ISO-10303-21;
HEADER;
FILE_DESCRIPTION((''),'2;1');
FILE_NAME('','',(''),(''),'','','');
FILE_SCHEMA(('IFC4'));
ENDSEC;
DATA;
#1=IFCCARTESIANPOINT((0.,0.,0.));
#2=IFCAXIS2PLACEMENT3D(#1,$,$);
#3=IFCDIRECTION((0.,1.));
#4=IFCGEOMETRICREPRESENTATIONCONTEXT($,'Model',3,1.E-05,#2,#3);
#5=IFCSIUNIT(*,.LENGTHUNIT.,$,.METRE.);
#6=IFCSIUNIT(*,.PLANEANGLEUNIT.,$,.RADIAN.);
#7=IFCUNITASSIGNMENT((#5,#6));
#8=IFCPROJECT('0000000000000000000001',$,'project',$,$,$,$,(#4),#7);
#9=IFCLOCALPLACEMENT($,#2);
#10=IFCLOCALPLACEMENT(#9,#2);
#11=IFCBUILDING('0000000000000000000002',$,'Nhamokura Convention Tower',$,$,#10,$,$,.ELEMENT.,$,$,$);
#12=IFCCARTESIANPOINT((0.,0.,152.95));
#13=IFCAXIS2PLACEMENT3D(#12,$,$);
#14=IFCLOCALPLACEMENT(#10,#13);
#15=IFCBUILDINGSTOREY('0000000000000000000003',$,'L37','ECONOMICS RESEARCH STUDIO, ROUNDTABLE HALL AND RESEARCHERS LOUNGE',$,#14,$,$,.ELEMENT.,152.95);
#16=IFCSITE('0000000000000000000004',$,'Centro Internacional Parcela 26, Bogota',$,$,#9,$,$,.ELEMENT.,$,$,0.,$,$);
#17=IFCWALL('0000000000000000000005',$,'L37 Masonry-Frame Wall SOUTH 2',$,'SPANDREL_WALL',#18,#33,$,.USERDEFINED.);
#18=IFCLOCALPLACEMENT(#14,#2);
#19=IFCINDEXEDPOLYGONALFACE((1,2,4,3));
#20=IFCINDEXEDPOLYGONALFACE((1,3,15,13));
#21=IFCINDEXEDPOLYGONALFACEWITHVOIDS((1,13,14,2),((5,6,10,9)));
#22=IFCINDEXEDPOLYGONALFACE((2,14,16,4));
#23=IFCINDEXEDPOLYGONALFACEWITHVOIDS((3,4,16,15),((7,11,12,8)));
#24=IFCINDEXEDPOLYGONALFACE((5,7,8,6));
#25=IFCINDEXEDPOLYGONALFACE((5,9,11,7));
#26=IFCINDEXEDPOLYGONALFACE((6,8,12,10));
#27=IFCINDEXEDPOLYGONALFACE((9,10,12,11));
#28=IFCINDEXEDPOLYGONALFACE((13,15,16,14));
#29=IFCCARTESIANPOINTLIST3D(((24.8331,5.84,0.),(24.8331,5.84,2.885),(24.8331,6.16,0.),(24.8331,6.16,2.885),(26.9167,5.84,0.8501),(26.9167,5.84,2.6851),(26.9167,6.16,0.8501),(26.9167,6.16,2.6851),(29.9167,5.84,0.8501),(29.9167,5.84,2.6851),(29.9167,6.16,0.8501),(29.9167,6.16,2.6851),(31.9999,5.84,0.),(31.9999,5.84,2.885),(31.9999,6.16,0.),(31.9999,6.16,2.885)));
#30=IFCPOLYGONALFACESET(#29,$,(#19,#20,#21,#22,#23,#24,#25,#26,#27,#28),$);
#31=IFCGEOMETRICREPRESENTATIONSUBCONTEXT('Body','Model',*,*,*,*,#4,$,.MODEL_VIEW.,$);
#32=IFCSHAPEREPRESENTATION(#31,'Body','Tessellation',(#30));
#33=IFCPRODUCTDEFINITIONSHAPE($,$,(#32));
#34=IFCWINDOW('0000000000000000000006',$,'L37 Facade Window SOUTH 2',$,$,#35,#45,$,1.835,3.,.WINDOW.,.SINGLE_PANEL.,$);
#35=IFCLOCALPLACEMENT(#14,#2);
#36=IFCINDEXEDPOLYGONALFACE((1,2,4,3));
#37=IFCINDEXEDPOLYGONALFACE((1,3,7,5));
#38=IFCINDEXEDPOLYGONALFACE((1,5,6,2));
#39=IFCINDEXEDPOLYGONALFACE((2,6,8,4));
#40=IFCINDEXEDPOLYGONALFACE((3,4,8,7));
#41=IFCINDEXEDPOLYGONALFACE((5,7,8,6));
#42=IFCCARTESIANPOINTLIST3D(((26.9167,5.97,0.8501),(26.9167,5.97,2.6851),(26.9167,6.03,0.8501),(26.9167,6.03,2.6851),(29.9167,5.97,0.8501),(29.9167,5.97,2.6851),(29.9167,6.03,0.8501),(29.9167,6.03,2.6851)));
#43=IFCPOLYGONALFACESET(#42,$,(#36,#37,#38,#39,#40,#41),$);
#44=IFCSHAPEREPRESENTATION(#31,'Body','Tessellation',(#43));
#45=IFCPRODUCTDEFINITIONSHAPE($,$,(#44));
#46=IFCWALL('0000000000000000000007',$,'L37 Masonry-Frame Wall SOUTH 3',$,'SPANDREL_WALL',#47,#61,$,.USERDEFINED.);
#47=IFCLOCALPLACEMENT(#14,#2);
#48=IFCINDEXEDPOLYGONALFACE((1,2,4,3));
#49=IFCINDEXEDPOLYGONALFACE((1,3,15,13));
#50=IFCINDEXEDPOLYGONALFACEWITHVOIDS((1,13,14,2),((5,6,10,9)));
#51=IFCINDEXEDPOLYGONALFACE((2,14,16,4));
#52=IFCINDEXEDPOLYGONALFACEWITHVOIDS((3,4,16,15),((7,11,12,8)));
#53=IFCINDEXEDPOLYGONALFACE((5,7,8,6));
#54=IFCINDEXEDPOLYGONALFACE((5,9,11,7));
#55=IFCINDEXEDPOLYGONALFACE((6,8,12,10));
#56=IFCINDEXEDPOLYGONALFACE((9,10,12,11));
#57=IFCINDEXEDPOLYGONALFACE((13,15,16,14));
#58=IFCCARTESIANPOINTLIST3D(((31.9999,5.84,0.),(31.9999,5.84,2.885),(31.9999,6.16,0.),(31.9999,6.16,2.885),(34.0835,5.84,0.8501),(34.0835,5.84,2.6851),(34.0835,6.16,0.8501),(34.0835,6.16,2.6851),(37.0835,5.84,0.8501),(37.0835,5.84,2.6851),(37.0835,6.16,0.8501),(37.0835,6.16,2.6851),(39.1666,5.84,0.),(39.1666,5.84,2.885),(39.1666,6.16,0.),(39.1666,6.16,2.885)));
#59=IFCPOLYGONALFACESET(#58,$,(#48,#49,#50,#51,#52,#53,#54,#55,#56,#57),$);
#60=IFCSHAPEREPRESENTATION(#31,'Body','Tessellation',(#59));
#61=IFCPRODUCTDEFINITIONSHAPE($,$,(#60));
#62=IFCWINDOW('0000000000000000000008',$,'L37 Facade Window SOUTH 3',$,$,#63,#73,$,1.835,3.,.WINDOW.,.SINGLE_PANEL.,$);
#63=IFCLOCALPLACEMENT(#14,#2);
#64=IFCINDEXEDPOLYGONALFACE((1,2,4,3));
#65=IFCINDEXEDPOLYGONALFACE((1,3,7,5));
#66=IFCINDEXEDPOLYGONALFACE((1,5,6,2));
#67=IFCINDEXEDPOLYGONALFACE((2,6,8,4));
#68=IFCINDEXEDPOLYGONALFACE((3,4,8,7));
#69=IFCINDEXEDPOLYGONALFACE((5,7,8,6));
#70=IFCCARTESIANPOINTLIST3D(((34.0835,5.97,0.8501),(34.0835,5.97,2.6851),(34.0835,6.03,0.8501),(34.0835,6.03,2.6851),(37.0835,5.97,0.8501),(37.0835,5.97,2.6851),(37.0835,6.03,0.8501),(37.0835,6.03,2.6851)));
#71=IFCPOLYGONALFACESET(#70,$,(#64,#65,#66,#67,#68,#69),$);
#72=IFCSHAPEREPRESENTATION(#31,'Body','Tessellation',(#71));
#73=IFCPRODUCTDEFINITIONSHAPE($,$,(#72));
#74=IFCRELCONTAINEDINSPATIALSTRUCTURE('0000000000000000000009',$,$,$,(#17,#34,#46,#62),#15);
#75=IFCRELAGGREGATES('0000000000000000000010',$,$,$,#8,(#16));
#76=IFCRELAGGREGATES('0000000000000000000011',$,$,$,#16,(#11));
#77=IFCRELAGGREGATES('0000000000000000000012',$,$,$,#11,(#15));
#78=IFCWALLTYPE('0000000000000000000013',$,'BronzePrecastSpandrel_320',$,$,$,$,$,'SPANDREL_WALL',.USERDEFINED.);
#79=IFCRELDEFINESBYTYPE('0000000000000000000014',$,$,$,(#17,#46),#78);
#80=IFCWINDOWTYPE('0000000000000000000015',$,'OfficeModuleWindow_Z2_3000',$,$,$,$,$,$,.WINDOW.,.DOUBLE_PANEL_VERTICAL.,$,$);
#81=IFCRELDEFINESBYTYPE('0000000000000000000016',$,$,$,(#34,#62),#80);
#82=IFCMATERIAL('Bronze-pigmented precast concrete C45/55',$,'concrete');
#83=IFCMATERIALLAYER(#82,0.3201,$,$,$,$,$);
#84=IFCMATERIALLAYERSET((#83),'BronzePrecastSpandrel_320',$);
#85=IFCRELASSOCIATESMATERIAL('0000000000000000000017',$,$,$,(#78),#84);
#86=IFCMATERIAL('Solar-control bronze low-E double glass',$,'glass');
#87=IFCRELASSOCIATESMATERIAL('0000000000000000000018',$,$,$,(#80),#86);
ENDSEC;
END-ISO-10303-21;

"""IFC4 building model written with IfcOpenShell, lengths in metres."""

from ifc_helpers import new_model, si_unit, direction, frame, frame_2d, origin, place, context, subcontext, project, spatial, rectangle, extrude, material, layer, layer_set, type_object, element, fill, save


model = new_model("IFC4")

# Units and contexts
model_context = context("Model", 3, precision=1e-05, world=origin(), true_north=direction((0.0, 1.0)))
body_context = subcontext(model_context, "Body", "Model", "MODEL_VIEW")
ifc_project = project(units=[si_unit("LENGTHUNIT", "METRE"), si_unit("PLANEANGLEUNIT", "RADIAN")], contexts=[model_context])

# Site, building, storey
site_placement = place(None, origin())
site = spatial("IfcSite", under=ifc_project, at=site_placement, Name="Centro Internacional Parcela 26, Bogota", CompositionType="ELEMENT", RefElevation=0.0)
building_placement = place(site_placement, origin())
building = spatial("IfcBuilding", under=site, at=building_placement, Name="Nhamokura Convention Tower", CompositionType="ELEMENT")
storey_placement = place(building_placement, frame((0.0, 0.0, 152.95)))
storey = spatial("IfcBuildingStorey", under=building, at=storey_placement, Name="L37", Description="ECONOMICS RESEARCH STUDIO, ROUNDTABLE HALL AND RESEARCHERS LOUNGE", CompositionType="ELEMENT", Elevation=152.95)

# Walls, openings, windows
ifc_material_1 = material(Name="Bronze-pigmented precast concrete C45/55", Category="concrete")
ifc_layer_1 = layer(ifc_material_1, 0.3201)
ifc_layer_set_1 = layer_set([ifc_layer_1], Name="BronzePrecastSpandrel_320")
wall_type_1 = type_object("IfcWallType", Name="BronzePrecastSpandrel_320", ElementType="SPANDREL_WALL", PredefinedType="USERDEFINED", material=ifc_layer_set_1)
wall_1_placement = place(storey_placement, frame((32.0, 6.0, 0.0), z_axis=(0.0, 0.0, 1.0), x_axis=(-1.0, 0.0, 0.0)))
wall_1 = element("IfcWall", 1, at=wall_1_placement, inside=storey, type_object=wall_type_1, Name="L37 Masonry-Frame Wall SOUTH 2", ObjectType="SPANDREL_WALL", PredefinedType="USERDEFINED", context=body_context, shape_type="SweptSolid", body=[
    extrude(rectangle(XDim=7.1667, YDim=0.3201, at=frame_2d((3.5835, 0.0))), origin(), (0.0, 0.0, 1.0), 2.885),
])
opening_1_placement = place(wall_1_placement, frame((2.0833, 0.0, 0.8501)))
opening_1 = element("IfcOpeningElement", 2, at=opening_1_placement, cuts=wall_1, PredefinedType="OPENING", context=body_context, shape_type="SweptSolid", body=[
    extrude(rectangle(XDim=3.0, YDim=1.835, at=frame_2d((1.5, 0.9175))), frame((0.0, 0.1699, 0.0), z_axis=(0.0, -1.0, 0.0), x_axis=(1.0, 0.0, 0.0)), (0.0, 0.0, 1.0), 0.3401),
])
ifc_material_2 = material(Name="Solar-control bronze low-E double glass", Category="glass")
window_type = type_object("IfcWindowType", Name="OfficeModuleWindow_Z2_3000", PartitioningType="DOUBLE_PANEL_VERTICAL", PredefinedType="WINDOW", material=ifc_material_2)
window_1_placement = place(opening_1_placement, origin())
window_1 = element("IfcWindow", 3, at=window_1_placement, inside=storey, type_object=window_type, Name="L37 Facade Window SOUTH 2", OverallHeight=1.835, OverallWidth=3.0, PartitioningType="SINGLE_PANEL", PredefinedType="WINDOW", context=body_context, shape_type="SweptSolid", body=[
    extrude(rectangle(XDim=3.0, YDim=1.835, at=frame_2d((1.5, 0.9175))), frame((0.0, 0.03, 0.0), z_axis=(0.0, -1.0, 0.0), x_axis=(1.0, 0.0, 0.0)), (0.0, 0.0, 1.0), 0.0601),
])
fill(opening_1, window_1)
wall_2_placement = place(storey_placement, frame((39.1667, 6.0, 0.0), z_axis=(0.0, 0.0, 1.0), x_axis=(-1.0, 0.0, 0.0)))
wall_2 = element("IfcWall", 4, at=wall_2_placement, inside=storey, type_object=wall_type_1, Name="L37 Masonry-Frame Wall SOUTH 3", ObjectType="SPANDREL_WALL", PredefinedType="USERDEFINED", context=body_context, shape_type="SweptSolid", body=[
    extrude(rectangle(XDim=7.1667, YDim=0.3201, at=frame_2d((3.5835, 0.0))), origin(), (0.0, 0.0, 1.0), 2.885),
])
opening_2_placement = place(wall_2_placement, frame((2.0833, 0.0, 0.8501)))
opening_2 = element("IfcOpeningElement", 5, at=opening_2_placement, cuts=wall_2, PredefinedType="OPENING", context=body_context, shape_type="SweptSolid", body=[
    extrude(rectangle(XDim=3.0, YDim=1.835, at=frame_2d((1.5, 0.9175))), frame((0.0, 0.1699, 0.0), z_axis=(0.0, -1.0, 0.0), x_axis=(1.0, 0.0, 0.0)), (0.0, 0.0, 1.0), 0.3401),
])
window_2_placement = place(opening_2_placement, origin())
window_2 = element("IfcWindow", 6, at=window_2_placement, inside=storey, type_object=window_type, Name="L37 Facade Window SOUTH 3", OverallHeight=1.835, OverallWidth=3.0, PartitioningType="SINGLE_PANEL", PredefinedType="WINDOW", context=body_context, shape_type="SweptSolid", body=[
    extrude(rectangle(XDim=3.0, YDim=1.835, at=frame_2d((1.5, 0.9175))), frame((0.0, 0.03, 0.0), z_axis=(0.0, -1.0, 0.0), x_axis=(1.0, 0.0, 0.0)), (0.0, 0.0, 1.0), 0.0601),
])
fill(opening_2, window_2)

save(model, "model.ifc")
